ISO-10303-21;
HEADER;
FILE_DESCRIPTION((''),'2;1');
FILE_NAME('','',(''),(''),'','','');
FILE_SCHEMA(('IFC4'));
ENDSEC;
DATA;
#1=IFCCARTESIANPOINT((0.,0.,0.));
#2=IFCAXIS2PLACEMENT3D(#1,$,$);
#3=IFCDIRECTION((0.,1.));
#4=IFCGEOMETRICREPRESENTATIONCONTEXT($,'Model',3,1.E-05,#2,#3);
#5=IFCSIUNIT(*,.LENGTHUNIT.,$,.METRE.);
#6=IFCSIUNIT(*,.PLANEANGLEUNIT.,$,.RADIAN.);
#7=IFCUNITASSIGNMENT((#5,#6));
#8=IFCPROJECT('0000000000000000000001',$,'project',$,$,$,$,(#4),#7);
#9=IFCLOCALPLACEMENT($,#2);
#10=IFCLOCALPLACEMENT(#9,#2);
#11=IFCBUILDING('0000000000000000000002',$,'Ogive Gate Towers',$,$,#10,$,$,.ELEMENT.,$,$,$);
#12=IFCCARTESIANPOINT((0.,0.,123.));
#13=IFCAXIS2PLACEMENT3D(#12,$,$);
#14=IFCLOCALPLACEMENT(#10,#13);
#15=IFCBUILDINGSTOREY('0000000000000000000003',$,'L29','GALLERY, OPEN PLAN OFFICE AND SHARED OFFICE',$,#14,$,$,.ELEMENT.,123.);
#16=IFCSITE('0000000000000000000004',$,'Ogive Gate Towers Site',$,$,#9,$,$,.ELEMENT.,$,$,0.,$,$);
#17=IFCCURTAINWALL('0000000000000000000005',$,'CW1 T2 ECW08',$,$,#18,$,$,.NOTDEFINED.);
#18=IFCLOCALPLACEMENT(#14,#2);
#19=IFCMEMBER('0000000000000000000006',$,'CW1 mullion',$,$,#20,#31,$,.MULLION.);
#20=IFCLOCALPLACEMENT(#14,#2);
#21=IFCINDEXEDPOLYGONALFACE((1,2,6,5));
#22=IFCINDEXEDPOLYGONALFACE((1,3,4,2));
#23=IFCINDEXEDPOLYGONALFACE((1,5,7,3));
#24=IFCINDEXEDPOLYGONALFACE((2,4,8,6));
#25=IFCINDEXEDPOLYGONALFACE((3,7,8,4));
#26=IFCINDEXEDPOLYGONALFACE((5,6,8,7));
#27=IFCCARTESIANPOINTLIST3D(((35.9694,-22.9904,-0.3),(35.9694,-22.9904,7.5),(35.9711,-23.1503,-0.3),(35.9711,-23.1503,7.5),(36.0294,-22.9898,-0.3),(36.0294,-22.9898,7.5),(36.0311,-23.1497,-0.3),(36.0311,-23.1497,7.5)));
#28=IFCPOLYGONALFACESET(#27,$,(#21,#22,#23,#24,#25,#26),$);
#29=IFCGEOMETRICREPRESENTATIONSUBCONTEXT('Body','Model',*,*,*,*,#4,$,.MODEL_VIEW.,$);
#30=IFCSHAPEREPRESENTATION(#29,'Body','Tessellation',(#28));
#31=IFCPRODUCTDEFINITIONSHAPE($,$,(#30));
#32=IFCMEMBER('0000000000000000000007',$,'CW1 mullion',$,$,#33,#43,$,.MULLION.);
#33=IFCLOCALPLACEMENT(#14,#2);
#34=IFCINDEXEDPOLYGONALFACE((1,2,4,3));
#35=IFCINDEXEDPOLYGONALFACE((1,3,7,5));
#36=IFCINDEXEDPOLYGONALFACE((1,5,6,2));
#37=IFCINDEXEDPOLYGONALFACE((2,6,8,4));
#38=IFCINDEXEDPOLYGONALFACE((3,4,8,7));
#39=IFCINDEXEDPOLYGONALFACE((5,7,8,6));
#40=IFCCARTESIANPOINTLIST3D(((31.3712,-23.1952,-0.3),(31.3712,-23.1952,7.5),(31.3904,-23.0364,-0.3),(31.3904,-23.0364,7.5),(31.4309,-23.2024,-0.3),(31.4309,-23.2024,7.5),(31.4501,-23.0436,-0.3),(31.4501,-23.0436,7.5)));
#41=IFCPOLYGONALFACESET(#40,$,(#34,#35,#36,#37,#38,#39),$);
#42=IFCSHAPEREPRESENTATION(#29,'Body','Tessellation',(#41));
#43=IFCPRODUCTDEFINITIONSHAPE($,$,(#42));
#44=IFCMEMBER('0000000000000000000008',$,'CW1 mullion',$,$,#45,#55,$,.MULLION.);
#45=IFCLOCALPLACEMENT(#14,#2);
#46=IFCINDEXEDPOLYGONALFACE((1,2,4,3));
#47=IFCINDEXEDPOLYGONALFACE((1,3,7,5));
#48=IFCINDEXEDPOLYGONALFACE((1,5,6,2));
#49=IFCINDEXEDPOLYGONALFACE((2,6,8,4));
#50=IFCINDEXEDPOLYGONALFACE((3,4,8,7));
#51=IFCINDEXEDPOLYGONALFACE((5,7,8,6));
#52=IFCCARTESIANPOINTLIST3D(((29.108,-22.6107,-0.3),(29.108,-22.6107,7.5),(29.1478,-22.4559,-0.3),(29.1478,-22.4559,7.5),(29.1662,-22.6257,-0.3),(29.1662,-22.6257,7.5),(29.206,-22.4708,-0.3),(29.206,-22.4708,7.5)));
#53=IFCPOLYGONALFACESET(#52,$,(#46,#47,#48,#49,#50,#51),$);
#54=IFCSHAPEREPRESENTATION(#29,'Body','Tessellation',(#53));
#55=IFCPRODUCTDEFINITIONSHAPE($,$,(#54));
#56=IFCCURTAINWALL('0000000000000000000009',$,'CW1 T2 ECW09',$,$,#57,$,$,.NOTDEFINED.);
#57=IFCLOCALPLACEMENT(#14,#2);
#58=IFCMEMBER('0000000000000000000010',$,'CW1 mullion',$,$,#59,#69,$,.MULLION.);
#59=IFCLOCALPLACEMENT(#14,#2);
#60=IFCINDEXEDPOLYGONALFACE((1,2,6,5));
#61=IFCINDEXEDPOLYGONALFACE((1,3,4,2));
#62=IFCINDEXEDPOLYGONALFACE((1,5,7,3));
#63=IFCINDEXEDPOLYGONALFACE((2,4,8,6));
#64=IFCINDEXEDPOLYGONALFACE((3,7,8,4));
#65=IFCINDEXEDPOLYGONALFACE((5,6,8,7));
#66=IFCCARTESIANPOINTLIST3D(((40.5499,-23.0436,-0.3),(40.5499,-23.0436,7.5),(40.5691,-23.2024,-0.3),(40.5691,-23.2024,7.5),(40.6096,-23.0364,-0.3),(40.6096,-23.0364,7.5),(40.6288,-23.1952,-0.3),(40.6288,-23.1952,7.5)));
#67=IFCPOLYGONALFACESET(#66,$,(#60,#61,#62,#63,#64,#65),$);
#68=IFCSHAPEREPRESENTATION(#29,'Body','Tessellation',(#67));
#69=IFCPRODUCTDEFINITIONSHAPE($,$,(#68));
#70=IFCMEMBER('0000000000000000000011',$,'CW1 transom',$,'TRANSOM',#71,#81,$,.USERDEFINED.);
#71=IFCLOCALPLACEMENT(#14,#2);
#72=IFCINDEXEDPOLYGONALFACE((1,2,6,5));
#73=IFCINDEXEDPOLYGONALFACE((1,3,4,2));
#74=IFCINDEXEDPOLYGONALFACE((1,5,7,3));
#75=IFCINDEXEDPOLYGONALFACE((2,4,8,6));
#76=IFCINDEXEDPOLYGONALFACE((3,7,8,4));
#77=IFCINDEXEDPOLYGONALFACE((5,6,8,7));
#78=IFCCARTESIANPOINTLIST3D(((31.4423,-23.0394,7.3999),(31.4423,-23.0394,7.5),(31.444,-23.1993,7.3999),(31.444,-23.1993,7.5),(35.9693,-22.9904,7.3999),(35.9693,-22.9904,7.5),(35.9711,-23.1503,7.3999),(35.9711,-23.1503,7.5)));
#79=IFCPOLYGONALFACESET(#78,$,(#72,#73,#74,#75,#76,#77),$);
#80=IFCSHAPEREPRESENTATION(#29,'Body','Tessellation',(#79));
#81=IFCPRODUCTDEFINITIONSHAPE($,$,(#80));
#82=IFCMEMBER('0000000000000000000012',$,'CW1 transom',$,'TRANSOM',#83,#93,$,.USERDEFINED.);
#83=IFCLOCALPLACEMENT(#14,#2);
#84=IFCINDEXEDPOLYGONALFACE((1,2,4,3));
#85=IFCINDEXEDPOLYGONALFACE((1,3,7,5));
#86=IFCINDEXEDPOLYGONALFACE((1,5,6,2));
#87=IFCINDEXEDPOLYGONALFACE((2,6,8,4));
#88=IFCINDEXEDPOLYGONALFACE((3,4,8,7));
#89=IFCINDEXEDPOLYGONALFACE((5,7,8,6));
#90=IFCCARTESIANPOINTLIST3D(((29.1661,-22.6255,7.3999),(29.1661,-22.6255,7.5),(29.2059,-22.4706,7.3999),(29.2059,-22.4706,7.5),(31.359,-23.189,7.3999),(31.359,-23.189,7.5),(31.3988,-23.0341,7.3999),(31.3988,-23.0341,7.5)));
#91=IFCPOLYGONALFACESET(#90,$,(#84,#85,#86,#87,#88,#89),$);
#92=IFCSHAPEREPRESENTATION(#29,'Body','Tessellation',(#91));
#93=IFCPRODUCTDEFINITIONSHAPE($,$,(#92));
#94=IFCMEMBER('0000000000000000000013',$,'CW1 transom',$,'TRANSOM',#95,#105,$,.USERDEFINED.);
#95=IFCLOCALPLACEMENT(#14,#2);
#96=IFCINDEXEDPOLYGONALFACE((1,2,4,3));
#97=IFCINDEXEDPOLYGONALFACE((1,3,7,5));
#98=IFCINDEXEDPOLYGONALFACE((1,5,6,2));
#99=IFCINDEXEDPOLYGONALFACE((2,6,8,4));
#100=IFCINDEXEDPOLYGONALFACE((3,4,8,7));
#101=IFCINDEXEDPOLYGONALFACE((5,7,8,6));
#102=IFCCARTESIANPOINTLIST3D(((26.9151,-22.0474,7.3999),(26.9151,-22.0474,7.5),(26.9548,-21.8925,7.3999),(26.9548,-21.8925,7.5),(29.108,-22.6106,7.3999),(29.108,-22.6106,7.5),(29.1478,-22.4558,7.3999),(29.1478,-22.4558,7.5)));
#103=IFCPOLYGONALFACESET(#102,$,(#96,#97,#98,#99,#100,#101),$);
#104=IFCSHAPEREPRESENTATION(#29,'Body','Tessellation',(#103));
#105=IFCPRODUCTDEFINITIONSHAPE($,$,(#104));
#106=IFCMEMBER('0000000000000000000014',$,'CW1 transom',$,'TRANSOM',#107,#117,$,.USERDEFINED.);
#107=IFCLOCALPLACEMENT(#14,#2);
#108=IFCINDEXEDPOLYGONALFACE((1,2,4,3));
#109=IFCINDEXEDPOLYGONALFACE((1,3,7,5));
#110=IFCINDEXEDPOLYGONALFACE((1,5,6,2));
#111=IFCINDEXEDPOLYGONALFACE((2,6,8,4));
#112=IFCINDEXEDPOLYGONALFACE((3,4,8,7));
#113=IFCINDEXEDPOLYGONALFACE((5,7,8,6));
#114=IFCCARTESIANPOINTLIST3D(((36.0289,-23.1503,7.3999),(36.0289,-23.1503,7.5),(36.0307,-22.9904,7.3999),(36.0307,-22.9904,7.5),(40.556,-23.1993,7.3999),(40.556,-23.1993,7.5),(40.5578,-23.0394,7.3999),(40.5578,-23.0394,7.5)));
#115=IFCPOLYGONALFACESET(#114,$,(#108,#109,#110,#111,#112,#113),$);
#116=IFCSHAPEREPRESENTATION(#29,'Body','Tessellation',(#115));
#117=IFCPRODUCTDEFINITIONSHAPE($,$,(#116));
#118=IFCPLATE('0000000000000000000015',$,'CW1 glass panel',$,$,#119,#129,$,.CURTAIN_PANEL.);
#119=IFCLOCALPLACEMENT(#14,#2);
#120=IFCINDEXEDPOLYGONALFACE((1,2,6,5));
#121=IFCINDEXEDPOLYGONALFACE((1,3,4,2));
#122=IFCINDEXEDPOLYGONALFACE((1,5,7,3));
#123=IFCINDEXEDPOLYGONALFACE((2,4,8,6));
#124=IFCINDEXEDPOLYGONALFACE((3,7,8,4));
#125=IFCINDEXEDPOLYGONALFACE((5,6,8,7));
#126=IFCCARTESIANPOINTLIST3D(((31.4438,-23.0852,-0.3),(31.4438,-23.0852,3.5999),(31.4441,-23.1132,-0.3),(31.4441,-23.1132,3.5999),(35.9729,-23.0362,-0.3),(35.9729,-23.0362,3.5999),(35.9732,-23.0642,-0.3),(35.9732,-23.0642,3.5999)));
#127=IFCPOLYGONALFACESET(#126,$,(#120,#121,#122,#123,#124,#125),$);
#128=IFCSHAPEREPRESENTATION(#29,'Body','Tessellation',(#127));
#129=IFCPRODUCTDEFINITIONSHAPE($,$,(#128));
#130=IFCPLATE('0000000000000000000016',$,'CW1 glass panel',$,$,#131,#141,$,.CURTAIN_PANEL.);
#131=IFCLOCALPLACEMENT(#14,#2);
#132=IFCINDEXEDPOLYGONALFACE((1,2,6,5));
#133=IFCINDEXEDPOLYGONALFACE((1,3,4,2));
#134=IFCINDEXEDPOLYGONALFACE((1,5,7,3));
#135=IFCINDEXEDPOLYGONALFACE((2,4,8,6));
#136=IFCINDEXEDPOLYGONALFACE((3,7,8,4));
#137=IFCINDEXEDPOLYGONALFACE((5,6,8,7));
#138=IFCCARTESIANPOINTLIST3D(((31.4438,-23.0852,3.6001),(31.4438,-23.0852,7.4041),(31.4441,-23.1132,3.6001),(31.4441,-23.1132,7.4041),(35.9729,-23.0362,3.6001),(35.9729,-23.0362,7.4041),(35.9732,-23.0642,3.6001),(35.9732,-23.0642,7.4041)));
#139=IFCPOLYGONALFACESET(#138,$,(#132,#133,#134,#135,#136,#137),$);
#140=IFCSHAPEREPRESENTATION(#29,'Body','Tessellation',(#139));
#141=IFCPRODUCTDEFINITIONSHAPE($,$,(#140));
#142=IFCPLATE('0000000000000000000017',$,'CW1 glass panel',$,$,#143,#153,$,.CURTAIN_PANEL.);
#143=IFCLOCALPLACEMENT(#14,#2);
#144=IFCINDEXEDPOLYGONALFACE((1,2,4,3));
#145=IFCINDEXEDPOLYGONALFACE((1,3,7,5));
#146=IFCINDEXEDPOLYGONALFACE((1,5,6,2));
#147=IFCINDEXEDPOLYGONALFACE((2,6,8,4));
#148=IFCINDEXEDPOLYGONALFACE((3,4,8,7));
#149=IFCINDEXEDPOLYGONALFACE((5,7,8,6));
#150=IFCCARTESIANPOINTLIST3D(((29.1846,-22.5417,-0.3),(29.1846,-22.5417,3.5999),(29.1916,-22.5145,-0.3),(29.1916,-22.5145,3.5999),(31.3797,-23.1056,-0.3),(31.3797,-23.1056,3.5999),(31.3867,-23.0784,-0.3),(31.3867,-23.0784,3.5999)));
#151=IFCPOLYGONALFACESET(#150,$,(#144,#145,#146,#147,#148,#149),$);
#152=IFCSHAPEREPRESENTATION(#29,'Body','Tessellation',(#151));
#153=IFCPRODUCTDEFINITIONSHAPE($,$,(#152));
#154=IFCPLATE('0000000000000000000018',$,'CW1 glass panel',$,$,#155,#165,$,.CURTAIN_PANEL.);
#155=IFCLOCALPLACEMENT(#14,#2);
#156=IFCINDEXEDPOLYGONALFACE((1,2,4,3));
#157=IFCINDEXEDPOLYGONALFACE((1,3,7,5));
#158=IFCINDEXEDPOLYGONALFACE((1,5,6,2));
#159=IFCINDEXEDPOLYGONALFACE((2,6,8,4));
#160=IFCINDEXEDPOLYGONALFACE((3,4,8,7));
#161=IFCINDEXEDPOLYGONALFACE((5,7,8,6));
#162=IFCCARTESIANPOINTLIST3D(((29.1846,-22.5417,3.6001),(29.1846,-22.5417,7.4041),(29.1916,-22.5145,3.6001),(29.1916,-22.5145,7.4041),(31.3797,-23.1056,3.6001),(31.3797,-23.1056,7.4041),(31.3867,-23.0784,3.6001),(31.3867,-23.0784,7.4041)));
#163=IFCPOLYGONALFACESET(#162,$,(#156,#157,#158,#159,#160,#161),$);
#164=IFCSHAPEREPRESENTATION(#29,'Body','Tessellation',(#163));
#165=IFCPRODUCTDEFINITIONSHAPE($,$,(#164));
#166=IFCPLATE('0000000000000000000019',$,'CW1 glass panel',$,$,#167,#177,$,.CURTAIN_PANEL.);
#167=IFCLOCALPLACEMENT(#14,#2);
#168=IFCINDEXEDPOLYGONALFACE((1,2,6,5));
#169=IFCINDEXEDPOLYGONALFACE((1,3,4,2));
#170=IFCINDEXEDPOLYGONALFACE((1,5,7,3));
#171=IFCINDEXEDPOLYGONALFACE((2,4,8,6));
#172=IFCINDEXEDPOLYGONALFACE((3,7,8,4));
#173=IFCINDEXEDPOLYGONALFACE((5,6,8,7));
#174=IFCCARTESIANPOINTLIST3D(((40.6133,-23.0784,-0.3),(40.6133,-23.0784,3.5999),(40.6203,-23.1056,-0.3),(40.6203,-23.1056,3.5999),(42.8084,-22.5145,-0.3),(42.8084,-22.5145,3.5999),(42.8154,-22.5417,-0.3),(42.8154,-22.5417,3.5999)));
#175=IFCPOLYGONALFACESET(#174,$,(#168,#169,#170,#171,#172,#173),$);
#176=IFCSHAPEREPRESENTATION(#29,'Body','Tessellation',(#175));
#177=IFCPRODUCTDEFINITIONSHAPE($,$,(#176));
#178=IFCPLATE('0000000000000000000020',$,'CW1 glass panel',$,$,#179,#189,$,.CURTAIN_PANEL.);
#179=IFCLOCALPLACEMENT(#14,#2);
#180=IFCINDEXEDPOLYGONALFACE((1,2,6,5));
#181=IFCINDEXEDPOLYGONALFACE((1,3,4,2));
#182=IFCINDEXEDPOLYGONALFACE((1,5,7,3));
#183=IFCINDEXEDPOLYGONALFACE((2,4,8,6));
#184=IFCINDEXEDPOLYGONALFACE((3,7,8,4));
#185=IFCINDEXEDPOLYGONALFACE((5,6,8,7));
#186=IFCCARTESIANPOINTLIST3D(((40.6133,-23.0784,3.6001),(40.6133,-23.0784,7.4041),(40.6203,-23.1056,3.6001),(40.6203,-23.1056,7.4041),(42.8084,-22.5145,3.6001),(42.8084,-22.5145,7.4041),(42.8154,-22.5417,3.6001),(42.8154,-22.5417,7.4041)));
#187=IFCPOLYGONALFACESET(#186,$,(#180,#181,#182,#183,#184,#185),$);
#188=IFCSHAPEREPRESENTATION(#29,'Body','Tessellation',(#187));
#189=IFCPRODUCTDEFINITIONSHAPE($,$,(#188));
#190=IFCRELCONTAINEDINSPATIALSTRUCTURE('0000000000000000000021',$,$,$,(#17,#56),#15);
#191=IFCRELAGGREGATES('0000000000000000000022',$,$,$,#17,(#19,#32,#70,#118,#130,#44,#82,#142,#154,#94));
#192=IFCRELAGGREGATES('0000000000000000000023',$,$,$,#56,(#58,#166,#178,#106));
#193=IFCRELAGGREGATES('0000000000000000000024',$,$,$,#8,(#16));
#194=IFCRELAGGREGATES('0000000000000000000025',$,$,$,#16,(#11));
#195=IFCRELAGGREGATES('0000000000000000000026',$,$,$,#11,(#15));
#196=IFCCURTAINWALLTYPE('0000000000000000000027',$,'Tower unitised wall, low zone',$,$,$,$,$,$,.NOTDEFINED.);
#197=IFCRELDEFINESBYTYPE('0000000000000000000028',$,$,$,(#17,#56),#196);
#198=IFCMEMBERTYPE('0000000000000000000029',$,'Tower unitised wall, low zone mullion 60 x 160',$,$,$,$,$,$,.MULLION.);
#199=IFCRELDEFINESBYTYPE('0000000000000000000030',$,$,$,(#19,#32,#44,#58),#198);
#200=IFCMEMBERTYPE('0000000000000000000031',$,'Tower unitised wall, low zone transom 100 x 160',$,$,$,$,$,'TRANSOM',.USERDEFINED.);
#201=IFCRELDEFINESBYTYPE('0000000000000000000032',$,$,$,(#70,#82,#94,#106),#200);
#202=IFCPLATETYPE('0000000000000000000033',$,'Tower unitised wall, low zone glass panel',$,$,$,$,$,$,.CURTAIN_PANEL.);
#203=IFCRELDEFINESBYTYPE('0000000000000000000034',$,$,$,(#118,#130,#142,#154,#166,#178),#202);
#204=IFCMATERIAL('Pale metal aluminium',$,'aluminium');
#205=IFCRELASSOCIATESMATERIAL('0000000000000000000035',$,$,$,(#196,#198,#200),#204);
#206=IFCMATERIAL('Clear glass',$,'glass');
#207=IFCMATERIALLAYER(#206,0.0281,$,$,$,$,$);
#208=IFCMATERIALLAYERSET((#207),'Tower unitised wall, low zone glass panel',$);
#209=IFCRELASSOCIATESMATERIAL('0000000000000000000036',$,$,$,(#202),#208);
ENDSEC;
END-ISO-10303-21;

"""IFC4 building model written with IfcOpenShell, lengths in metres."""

from ifc_helpers import new_model, si_unit, direction, frame, origin, origin_2d, place, context, subcontext, project, spatial, rectangle, extrude, material, layer, layer_set, material_profile, profile_set, type_object, element, aggregate, save


model = new_model("IFC4")

# Units and contexts
model_context = context("Model", 3, precision=1e-05, world=origin(), true_north=direction((0.0, 1.0)))
body_context = subcontext(model_context, "Body", "Model", "MODEL_VIEW")
ifc_project = project(units=[si_unit("LENGTHUNIT", "METRE"), si_unit("PLANEANGLEUNIT", "RADIAN")], contexts=[model_context])

# Site, building, storey
site_placement = place(None, origin())
site = spatial("IfcSite", under=ifc_project, at=site_placement, Name="Ogive Gate Towers Site", CompositionType="ELEMENT", RefElevation=0.0)
building_placement = place(site_placement, origin())
building = spatial("IfcBuilding", under=site, at=building_placement, Name="Ogive Gate Towers", CompositionType="ELEMENT")
storey_placement = place(building_placement, frame((0.0, 0.0, 123.0)))
storey = spatial("IfcBuildingStorey", under=building, at=storey_placement, Name="L29", Description="GALLERY, OPEN PLAN OFFICE AND SHARED OFFICE", CompositionType="ELEMENT", Elevation=123.0)

# Curtain wall, members
ifc_material_1 = material(Name="Pale metal aluminium", Category="aluminium")
curtain_wall_type = type_object("IfcCurtainWallType", Name="Tower unitised wall, low zone", PredefinedType="NOTDEFINED", material=ifc_material_1)
curtain_wall_1_placement = place(storey_placement, origin())
curtain_wall_1 = element("IfcCurtainWall", 1, at=curtain_wall_1_placement, inside=storey, type_object=curtain_wall_type, Name="CW1 T2 ECW08", PredefinedType="NOTDEFINED")
ifc_material_profile_1 = material_profile(ifc_material_1, rectangle(XDim=0.1599, YDim=0.0601, at=origin_2d()), Name="60 x 160 aluminium box")
ifc_profile_set_1 = profile_set([ifc_material_profile_1], Name="Pale metal aluminium")
member_type_1 = type_object("IfcMemberType", Name="Tower unitised wall, low zone mullion 60 x 160", PredefinedType="MULLION", material=ifc_profile_set_1)
member_1_placement = place(storey_placement, frame((36.0002, -23.0701, -0.3), z_axis=(0.0, 0.0, 1.0), x_axis=(-0.010821, 0.999941, 0.0)))
member_1 = element("IfcMember", 2, at=member_1_placement, type_object=member_type_1, Name="CW1 mullion", PredefinedType="MULLION", context=body_context, shape_type="SweptSolid", body=[
    extrude(rectangle(XDim=0.1599, YDim=0.0601, at=origin_2d()), origin(), (0.0, 0.0, 1.0), 7.8),
])
member_2_placement = place(storey_placement, frame((31.4106, -23.1194, -0.3), z_axis=(0.0, 0.0, 1.0), x_axis=(0.120033, 0.99277, 0.0)))
member_2 = element("IfcMember", 3, at=member_2_placement, type_object=member_type_1, Name="CW1 mullion", PredefinedType="MULLION", context=body_context, shape_type="SweptSolid", body=[
    extrude(rectangle(XDim=0.1599, YDim=0.0601, at=origin_2d()), origin(), (0.0, 0.0, 1.0), 7.8),
])
member_3_placement = place(storey_placement, frame((29.157, -22.5408, -0.3), z_axis=(0.0, 0.0, 1.0), x_axis=(0.248808, 0.968553, 0.0)))
member_3 = element("IfcMember", 4, at=member_3_placement, type_object=member_type_1, Name="CW1 mullion", PredefinedType="MULLION", context=body_context, shape_type="SweptSolid", body=[
    extrude(rectangle(XDim=0.1599, YDim=0.0601, at=origin_2d()), origin(), (0.0, 0.0, 1.0), 7.8),
])

# Curtain wall, member
curtain_wall_2_placement = place(storey_placement, origin())
curtain_wall_2 = element("IfcCurtainWall", 5, at=curtain_wall_2_placement, inside=storey, type_object=curtain_wall_type, Name="CW1 T2 ECW09", PredefinedType="NOTDEFINED")
member_4_placement = place(storey_placement, frame((40.5894, -23.1194, -0.3), z_axis=(0.0, 0.0, 1.0), x_axis=(-0.120033, 0.99277, 0.0)))
member_4 = element("IfcMember", 6, at=member_4_placement, type_object=member_type_1, Name="CW1 mullion", PredefinedType="MULLION", context=body_context, shape_type="SweptSolid", body=[
    extrude(rectangle(XDim=0.1599, YDim=0.0601, at=origin_2d()), origin(), (0.0, 0.0, 1.0), 7.8),
])

# Members
ifc_material_profile_2 = material_profile(ifc_material_1, rectangle(XDim=0.1599, YDim=0.1001, at=origin_2d()), Name="100 x 160 aluminium box")
ifc_profile_set_2 = profile_set([ifc_material_profile_2], Name="Pale metal aluminium")
member_type_2 = type_object("IfcMemberType", Name="Tower unitised wall, low zone transom 100 x 160", ElementType="TRANSOM", PredefinedType="USERDEFINED", material=ifc_profile_set_2)
member_5_placement = place(storey_placement, frame((35.9702, -23.0703, 7.45), z_axis=(-0.999941, -0.010839, 0.0), x_axis=(0.010839, -0.999941, 0.0)))
member_5 = element("IfcMember", 7, at=member_5_placement, type_object=member_type_2, Name="CW1 transom", ObjectType="TRANSOM", PredefinedType="USERDEFINED", context=body_context, shape_type="SweptSolid", body=[
    extrude(rectangle(XDim=0.1599, YDim=0.1001, at=origin_2d()), origin(), (0.0, 0.0, 1.0), 4.5273),
])
member_6_placement = place(storey_placement, frame((31.3789, -23.1116, 7.45), z_axis=(-0.968536, 0.248873, 0.0), x_axis=(-0.248873, -0.968536, 0.0)))
member_6 = element("IfcMember", 8, at=member_6_placement, type_object=member_type_2, Name="CW1 transom", ObjectType="TRANSOM", PredefinedType="USERDEFINED", context=body_context, shape_type="SweptSolid", body=[
    extrude(rectangle(XDim=0.1599, YDim=0.1001, at=origin_2d()), origin(), (0.0, 0.0, 1.0), 2.2642),
])
member_7_placement = place(storey_placement, frame((29.1279, -22.5332, 7.45), z_axis=(-0.968562, 0.248772, 0.0), x_axis=(-0.248772, -0.968562, 0.0)))
member_7 = element("IfcMember", 9, at=member_7_placement, type_object=member_type_2, Name="CW1 transom", ObjectType="TRANSOM", PredefinedType="USERDEFINED", context=body_context, shape_type="SweptSolid", body=[
    extrude(rectangle(XDim=0.1599, YDim=0.1001, at=origin_2d()), origin(), (0.0, 0.0, 1.0), 2.2642),
])
member_8_placement = place(storey_placement, frame((40.5569, -23.1194, 7.45), z_axis=(-0.999941, 0.010839, 0.0), x_axis=(-0.010839, -0.999941, 0.0)))
member_8 = element("IfcMember", 10, at=member_8_placement, type_object=member_type_2, Name="CW1 transom", ObjectType="TRANSOM", PredefinedType="USERDEFINED", context=body_context, shape_type="SweptSolid", body=[
    extrude(rectangle(XDim=0.1599, YDim=0.1001, at=origin_2d()), origin(), (0.0, 0.0, 1.0), 4.5273),
])

# Plates
ifc_material_2 = material(Name="Clear glass", Category="glass")
ifc_layer_1 = layer(ifc_material_2, 0.0281)
ifc_layer_set_1 = layer_set([ifc_layer_1], Name="Tower unitised wall, low zone glass panel")
plate_type = type_object("IfcPlateType", Name="Tower unitised wall, low zone glass panel", PredefinedType="CURTAIN_PANEL", material=ifc_layer_set_1)
plate_1_placement = place(storey_placement, frame((33.7085, -23.0747, -0.3), z_axis=(0.0, 0.0, 1.0), x_axis=(-0.999941, -0.010821, 0.0)))
plate_1 = element("IfcPlate", 11, at=plate_1_placement, type_object=plate_type, Name="CW1 glass panel", PredefinedType="CURTAIN_PANEL", context=body_context, shape_type="SweptSolid", body=[
    extrude(rectangle(XDim=4.5293, YDim=0.0281, at=origin_2d()), origin(), (0.0, 0.0, 1.0), 3.8999),
])
plate_2_placement = place(storey_placement, frame((33.7085, -23.0747, 3.6001), z_axis=(0.0, 0.0, 1.0), x_axis=(-0.999941, -0.010821, 0.0)))
plate_2 = element("IfcPlate", 12, at=plate_2_placement, type_object=plate_type, Name="CW1 glass panel", PredefinedType="CURTAIN_PANEL", context=body_context, shape_type="SweptSolid", body=[
    extrude(rectangle(XDim=4.5293, YDim=0.0281, at=origin_2d()), origin(), (0.0, 0.0, 1.0), 3.804),
])
plate_3_placement = place(storey_placement, frame((30.2856, -22.8101, -0.3), z_axis=(0.0, 0.0, 1.0), x_axis=(-0.968548, 0.248825, 0.0)))
plate_3 = element("IfcPlate", 13, at=plate_3_placement, type_object=plate_type, Name="CW1 glass panel", PredefinedType="CURTAIN_PANEL", context=body_context, shape_type="SweptSolid", body=[
    extrude(rectangle(XDim=2.2664, YDim=0.0281, at=origin_2d()), origin(), (0.0, 0.0, 1.0), 3.8999),
])
plate_4_placement = place(storey_placement, frame((30.2856, -22.8101, 3.6001), z_axis=(0.0, 0.0, 1.0), x_axis=(-0.968548, 0.248825, 0.0)))
plate_4 = element("IfcPlate", 14, at=plate_4_placement, type_object=plate_type, Name="CW1 glass panel", PredefinedType="CURTAIN_PANEL", context=body_context, shape_type="SweptSolid", body=[
    extrude(rectangle(XDim=2.2664, YDim=0.0281, at=origin_2d()), origin(), (0.0, 0.0, 1.0), 3.804),
])
aggregate(curtain_wall_1, [member_1, member_2, member_5, plate_1, plate_2, member_3, member_6, plate_3, plate_4, member_7])
plate_5_placement = place(storey_placement, frame((41.7144, -22.8101, -0.3), z_axis=(0.0, 0.0, 1.0), x_axis=(-0.968548, -0.248825, 0.0)))
plate_5 = element("IfcPlate", 15, at=plate_5_placement, type_object=plate_type, Name="CW1 glass panel", PredefinedType="CURTAIN_PANEL", context=body_context, shape_type="SweptSolid", body=[
    extrude(rectangle(XDim=2.2664, YDim=0.0281, at=origin_2d()), origin(), (0.0, 0.0, 1.0), 3.8999),
])
plate_6_placement = place(storey_placement, frame((41.7144, -22.8101, 3.6001), z_axis=(0.0, 0.0, 1.0), x_axis=(-0.968548, -0.248825, 0.0)))
plate_6 = element("IfcPlate", 16, at=plate_6_placement, type_object=plate_type, Name="CW1 glass panel", PredefinedType="CURTAIN_PANEL", context=body_context, shape_type="SweptSolid", body=[
    extrude(rectangle(XDim=2.2664, YDim=0.0281, at=origin_2d()), origin(), (0.0, 0.0, 1.0), 3.804),
])
aggregate(curtain_wall_2, [member_4, plate_5, plate_6, member_8])

save(model, "model.ifc")
